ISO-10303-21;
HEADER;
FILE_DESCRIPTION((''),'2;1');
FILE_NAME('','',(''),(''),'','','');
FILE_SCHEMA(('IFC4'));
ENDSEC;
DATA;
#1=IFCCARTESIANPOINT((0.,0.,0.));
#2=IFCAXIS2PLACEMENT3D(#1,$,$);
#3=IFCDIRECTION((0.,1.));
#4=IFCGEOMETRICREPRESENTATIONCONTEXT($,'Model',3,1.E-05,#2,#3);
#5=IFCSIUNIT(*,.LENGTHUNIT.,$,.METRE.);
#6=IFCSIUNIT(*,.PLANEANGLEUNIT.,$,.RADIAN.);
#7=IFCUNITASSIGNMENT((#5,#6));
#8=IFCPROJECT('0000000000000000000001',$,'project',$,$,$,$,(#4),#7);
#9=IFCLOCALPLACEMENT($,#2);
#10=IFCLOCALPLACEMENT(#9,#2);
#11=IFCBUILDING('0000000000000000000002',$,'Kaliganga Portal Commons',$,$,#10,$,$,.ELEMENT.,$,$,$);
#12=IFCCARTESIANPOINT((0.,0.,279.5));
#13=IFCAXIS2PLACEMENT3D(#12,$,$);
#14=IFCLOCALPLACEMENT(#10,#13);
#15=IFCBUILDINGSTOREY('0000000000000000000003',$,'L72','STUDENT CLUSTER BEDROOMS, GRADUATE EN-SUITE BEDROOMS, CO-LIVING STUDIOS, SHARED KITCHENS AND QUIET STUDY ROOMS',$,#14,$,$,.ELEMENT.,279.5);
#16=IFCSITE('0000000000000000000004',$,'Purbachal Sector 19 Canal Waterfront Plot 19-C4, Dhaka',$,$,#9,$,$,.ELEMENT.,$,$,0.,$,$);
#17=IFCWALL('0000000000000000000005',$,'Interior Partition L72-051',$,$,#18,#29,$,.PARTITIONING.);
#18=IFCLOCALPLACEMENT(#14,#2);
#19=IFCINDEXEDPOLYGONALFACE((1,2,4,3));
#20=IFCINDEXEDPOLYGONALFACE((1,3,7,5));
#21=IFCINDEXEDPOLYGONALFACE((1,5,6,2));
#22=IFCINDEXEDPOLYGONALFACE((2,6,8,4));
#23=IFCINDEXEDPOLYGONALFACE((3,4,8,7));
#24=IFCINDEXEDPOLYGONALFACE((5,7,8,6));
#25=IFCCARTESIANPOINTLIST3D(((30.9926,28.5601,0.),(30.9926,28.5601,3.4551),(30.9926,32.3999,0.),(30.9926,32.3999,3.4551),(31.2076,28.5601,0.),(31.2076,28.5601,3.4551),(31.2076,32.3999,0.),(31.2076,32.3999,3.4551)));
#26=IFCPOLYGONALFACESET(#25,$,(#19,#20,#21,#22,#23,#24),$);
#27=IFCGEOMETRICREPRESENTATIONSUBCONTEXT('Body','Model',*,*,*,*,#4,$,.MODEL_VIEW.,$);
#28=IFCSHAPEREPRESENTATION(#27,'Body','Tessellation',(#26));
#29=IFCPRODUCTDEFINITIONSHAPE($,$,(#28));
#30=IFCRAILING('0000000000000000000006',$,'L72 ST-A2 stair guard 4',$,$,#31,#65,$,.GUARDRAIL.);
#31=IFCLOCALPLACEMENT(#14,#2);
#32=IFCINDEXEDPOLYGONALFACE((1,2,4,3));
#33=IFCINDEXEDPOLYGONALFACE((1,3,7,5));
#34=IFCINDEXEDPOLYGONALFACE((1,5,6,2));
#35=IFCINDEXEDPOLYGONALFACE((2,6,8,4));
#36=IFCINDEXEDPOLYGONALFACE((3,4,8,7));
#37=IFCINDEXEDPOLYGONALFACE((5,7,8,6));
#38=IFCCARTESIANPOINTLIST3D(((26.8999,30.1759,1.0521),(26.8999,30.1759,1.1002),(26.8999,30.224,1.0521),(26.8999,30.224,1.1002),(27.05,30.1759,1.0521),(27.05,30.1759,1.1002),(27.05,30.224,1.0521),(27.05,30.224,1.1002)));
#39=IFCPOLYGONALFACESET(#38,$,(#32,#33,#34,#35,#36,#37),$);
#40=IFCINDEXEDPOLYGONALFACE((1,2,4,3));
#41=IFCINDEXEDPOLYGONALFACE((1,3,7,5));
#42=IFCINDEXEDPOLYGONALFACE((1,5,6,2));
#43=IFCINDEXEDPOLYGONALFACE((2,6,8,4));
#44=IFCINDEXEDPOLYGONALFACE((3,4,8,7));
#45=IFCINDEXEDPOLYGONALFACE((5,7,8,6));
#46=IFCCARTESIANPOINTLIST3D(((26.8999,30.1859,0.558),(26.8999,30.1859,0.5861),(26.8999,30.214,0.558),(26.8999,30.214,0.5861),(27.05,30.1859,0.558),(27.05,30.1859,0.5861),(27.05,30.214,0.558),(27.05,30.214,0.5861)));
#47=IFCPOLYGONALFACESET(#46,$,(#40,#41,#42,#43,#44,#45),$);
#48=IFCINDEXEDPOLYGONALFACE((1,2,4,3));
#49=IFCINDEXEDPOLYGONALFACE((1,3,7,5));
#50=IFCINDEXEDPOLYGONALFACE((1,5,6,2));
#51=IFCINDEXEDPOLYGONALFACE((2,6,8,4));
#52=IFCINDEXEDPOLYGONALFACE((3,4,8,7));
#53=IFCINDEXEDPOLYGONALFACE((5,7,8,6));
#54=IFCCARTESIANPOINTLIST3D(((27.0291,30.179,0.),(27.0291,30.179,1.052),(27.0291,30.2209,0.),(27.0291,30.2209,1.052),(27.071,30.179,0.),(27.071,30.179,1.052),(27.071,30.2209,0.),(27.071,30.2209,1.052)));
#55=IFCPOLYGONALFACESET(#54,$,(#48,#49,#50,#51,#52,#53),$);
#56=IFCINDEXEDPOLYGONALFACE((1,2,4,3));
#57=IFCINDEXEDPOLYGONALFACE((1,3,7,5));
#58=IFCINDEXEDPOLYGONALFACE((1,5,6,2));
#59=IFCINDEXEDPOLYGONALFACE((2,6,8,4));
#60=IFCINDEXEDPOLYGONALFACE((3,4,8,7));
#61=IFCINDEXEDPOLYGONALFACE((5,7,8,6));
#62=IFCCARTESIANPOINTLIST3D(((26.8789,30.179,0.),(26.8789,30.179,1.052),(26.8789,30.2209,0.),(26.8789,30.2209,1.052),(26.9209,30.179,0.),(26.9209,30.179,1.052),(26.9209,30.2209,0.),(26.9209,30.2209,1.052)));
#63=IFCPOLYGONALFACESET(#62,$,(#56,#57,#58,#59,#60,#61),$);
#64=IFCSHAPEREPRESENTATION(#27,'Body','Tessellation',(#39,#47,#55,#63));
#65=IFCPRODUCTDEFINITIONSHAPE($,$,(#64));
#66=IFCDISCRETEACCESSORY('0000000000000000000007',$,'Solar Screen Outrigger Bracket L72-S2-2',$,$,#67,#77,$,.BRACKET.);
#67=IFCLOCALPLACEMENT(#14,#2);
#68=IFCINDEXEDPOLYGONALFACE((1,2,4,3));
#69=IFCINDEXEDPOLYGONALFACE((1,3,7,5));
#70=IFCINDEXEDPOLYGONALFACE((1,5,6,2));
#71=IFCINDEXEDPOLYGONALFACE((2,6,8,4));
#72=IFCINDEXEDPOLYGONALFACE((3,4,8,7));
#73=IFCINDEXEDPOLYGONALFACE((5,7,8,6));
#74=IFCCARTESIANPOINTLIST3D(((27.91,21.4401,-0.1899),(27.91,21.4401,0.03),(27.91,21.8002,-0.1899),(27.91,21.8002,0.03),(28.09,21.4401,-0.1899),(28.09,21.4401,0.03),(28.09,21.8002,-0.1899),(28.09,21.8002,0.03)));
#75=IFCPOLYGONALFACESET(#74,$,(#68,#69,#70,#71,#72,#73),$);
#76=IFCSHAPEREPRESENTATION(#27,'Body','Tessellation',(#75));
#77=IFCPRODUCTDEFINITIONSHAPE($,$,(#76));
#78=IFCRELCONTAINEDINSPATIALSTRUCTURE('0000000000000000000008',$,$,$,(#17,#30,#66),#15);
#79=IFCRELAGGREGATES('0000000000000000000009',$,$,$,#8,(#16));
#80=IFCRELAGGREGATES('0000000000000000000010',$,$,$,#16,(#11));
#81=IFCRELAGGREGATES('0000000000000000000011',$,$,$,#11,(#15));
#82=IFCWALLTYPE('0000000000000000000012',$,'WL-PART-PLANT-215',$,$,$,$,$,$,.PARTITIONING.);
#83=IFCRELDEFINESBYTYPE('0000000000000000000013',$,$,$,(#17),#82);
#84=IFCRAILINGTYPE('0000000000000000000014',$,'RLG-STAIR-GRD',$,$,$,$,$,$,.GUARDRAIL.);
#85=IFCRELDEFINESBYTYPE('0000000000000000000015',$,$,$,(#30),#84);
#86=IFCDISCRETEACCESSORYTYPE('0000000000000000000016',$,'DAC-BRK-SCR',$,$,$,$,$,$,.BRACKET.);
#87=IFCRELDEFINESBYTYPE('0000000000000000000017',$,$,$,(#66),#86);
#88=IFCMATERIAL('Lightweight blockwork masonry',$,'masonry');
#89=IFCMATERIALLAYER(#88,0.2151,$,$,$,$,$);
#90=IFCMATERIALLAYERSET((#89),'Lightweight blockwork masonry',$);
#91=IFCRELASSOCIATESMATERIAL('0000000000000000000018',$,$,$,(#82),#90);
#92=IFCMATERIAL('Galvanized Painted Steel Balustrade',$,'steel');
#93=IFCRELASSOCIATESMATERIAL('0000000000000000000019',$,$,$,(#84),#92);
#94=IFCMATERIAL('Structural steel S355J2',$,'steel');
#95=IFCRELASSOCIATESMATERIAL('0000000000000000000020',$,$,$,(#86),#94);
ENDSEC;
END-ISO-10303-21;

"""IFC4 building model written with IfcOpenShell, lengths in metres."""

from ifc_helpers import new_model, si_unit, direction, frame, frame_2d, origin, origin_2d, place, context, subcontext, project, spatial, rectangle, extrude, source, transform, mapped, material, layer, layer_set, type_object, element, save


model = new_model("IFC4")

# Units and contexts
model_context = context("Model", 3, precision=1e-05, world=origin(), true_north=direction((0.0, 1.0)))
body_context = subcontext(model_context, "Body", "Model", "MODEL_VIEW")
ifc_project = project(units=[si_unit("LENGTHUNIT", "METRE"), si_unit("PLANEANGLEUNIT", "RADIAN")], contexts=[model_context])

# Site, building, storey
site_placement = place(None, origin())
site = spatial("IfcSite", under=ifc_project, at=site_placement, Name="Purbachal Sector 19 Canal Waterfront Plot 19-C4, Dhaka", CompositionType="ELEMENT", RefElevation=0.0)
building_placement = place(site_placement, origin())
building = spatial("IfcBuilding", under=site, at=building_placement, Name="Kaliganga Portal Commons", CompositionType="ELEMENT")
storey_placement = place(building_placement, frame((0.0, 0.0, 279.5)))
storey = spatial("IfcBuildingStorey", under=building, at=storey_placement, Name="L72", Description="STUDENT CLUSTER BEDROOMS, GRADUATE EN-SUITE BEDROOMS, CO-LIVING STUDIOS, SHARED KITCHENS AND QUIET STUDY ROOMS", CompositionType="ELEMENT", Elevation=279.5)

# Shared definitions
ifc_material_1 = material(Name="Structural steel S355J2", Category="steel")

# Shared definitions
ifc_material_2 = material(Name="Lightweight blockwork masonry", Category="masonry")
ifc_layer_1 = layer(ifc_material_2, 0.2151)
ifc_layer_set_1 = layer_set([ifc_layer_1], Name="Lightweight blockwork masonry")
wall_type_1 = type_object("IfcWallType", Name="WL-PART-PLANT-215", PredefinedType="PARTITIONING", material=ifc_layer_set_1)

# Wall
wall_1_placement = place(storey_placement, frame((31.1001, 28.5601, 0.0), z_axis=(0.0, 0.0, 1.0), x_axis=(0.0, 1.0, 0.0)))
element("IfcWall", 1, at=wall_1_placement, inside=storey, type_object=wall_type_1, Name="Interior Partition L72-051", PredefinedType="PARTITIONING", context=body_context, shape_type="SweptSolid", body=[
    extrude(rectangle(XDim=3.8398, YDim=0.2151, at=frame_2d((1.9199, 0.0))), origin(), (0.0, 0.0, 1.0), 3.4551),
])

# Railing
ifc_material_3 = material(Name="Galvanized Painted Steel Balustrade", Category="steel")
railing_type = type_object("IfcRailingType", Name="RLG-STAIR-GRD", PredefinedType="GUARDRAIL", material=ifc_material_3)
railing_placement = place(storey_placement, frame((27.05, 30.2, 0.0)))
element("IfcRailing", 2, at=railing_placement, inside=storey, type_object=railing_type, Name="L72 ST-A2 stair guard 4", PredefinedType="GUARDRAIL", context=body_context, shape_type="SweptSolid", body=[
    extrude(rectangle(XDim=0.0481, YDim=0.0481, at=origin_2d()), frame((0.0, 0.0, 1.0762), z_axis=(-1.0, 0.0, 0.0), x_axis=(0.0, -1.0, 0.0)), (0.0, 0.0, 1.0), 0.1501),
    extrude(rectangle(XDim=0.0281, YDim=0.0281, at=origin_2d()), frame((0.0, 0.0, 0.572), z_axis=(-1.0, 0.0, 0.0), x_axis=(0.0, -1.0, 0.0)), (0.0, 0.0, 1.0), 0.1501),
    extrude(rectangle(XDim=0.042, YDim=0.042, at=origin_2d()), origin(), (0.0, 0.0, 1.0), 1.052),
    extrude(rectangle(XDim=0.042, YDim=0.042, at=origin_2d()), frame((-0.1501, 0.0, 0.0)), (0.0, 0.0, 1.0), 1.052),
])

# Discrete accessory
discrete_accessory_type = type_object("IfcDiscreteAccessoryType", Name="DAC-BRK-SCR", PredefinedType="BRACKET", material=ifc_material_1)
shared_shape_1 = source(origin(), body_context, "Body", "SweptSolid", [
    extrude(rectangle(XDim=0.1799, YDim=0.3601, at=origin_2d()), origin(), (0.0, 0.0, 1.0), 0.22),
])
discrete_accessory_placement = place(storey_placement, frame((28.0, 21.6201, -0.1899), z_axis=(0.0, 0.0, 1.0), x_axis=(1.0, 0.0, 0.0)))
element("IfcDiscreteAccessory", 3, at=discrete_accessory_placement, inside=storey, type_object=discrete_accessory_type, Name="Solar Screen Outrigger Bracket L72-S2-2", PredefinedType="BRACKET", context=body_context, shape_type="MappedRepresentation", body=[
    mapped(shared_shape_1, transform((0.0, 0.0, 0.0), x_axis=(1.0, 0.0, 0.0), y_axis=(0.0, 1.0, 0.0), z_axis=(0.0, 0.0, 1.0), scale=1.0)),
])

save(model, "model.ifc")
